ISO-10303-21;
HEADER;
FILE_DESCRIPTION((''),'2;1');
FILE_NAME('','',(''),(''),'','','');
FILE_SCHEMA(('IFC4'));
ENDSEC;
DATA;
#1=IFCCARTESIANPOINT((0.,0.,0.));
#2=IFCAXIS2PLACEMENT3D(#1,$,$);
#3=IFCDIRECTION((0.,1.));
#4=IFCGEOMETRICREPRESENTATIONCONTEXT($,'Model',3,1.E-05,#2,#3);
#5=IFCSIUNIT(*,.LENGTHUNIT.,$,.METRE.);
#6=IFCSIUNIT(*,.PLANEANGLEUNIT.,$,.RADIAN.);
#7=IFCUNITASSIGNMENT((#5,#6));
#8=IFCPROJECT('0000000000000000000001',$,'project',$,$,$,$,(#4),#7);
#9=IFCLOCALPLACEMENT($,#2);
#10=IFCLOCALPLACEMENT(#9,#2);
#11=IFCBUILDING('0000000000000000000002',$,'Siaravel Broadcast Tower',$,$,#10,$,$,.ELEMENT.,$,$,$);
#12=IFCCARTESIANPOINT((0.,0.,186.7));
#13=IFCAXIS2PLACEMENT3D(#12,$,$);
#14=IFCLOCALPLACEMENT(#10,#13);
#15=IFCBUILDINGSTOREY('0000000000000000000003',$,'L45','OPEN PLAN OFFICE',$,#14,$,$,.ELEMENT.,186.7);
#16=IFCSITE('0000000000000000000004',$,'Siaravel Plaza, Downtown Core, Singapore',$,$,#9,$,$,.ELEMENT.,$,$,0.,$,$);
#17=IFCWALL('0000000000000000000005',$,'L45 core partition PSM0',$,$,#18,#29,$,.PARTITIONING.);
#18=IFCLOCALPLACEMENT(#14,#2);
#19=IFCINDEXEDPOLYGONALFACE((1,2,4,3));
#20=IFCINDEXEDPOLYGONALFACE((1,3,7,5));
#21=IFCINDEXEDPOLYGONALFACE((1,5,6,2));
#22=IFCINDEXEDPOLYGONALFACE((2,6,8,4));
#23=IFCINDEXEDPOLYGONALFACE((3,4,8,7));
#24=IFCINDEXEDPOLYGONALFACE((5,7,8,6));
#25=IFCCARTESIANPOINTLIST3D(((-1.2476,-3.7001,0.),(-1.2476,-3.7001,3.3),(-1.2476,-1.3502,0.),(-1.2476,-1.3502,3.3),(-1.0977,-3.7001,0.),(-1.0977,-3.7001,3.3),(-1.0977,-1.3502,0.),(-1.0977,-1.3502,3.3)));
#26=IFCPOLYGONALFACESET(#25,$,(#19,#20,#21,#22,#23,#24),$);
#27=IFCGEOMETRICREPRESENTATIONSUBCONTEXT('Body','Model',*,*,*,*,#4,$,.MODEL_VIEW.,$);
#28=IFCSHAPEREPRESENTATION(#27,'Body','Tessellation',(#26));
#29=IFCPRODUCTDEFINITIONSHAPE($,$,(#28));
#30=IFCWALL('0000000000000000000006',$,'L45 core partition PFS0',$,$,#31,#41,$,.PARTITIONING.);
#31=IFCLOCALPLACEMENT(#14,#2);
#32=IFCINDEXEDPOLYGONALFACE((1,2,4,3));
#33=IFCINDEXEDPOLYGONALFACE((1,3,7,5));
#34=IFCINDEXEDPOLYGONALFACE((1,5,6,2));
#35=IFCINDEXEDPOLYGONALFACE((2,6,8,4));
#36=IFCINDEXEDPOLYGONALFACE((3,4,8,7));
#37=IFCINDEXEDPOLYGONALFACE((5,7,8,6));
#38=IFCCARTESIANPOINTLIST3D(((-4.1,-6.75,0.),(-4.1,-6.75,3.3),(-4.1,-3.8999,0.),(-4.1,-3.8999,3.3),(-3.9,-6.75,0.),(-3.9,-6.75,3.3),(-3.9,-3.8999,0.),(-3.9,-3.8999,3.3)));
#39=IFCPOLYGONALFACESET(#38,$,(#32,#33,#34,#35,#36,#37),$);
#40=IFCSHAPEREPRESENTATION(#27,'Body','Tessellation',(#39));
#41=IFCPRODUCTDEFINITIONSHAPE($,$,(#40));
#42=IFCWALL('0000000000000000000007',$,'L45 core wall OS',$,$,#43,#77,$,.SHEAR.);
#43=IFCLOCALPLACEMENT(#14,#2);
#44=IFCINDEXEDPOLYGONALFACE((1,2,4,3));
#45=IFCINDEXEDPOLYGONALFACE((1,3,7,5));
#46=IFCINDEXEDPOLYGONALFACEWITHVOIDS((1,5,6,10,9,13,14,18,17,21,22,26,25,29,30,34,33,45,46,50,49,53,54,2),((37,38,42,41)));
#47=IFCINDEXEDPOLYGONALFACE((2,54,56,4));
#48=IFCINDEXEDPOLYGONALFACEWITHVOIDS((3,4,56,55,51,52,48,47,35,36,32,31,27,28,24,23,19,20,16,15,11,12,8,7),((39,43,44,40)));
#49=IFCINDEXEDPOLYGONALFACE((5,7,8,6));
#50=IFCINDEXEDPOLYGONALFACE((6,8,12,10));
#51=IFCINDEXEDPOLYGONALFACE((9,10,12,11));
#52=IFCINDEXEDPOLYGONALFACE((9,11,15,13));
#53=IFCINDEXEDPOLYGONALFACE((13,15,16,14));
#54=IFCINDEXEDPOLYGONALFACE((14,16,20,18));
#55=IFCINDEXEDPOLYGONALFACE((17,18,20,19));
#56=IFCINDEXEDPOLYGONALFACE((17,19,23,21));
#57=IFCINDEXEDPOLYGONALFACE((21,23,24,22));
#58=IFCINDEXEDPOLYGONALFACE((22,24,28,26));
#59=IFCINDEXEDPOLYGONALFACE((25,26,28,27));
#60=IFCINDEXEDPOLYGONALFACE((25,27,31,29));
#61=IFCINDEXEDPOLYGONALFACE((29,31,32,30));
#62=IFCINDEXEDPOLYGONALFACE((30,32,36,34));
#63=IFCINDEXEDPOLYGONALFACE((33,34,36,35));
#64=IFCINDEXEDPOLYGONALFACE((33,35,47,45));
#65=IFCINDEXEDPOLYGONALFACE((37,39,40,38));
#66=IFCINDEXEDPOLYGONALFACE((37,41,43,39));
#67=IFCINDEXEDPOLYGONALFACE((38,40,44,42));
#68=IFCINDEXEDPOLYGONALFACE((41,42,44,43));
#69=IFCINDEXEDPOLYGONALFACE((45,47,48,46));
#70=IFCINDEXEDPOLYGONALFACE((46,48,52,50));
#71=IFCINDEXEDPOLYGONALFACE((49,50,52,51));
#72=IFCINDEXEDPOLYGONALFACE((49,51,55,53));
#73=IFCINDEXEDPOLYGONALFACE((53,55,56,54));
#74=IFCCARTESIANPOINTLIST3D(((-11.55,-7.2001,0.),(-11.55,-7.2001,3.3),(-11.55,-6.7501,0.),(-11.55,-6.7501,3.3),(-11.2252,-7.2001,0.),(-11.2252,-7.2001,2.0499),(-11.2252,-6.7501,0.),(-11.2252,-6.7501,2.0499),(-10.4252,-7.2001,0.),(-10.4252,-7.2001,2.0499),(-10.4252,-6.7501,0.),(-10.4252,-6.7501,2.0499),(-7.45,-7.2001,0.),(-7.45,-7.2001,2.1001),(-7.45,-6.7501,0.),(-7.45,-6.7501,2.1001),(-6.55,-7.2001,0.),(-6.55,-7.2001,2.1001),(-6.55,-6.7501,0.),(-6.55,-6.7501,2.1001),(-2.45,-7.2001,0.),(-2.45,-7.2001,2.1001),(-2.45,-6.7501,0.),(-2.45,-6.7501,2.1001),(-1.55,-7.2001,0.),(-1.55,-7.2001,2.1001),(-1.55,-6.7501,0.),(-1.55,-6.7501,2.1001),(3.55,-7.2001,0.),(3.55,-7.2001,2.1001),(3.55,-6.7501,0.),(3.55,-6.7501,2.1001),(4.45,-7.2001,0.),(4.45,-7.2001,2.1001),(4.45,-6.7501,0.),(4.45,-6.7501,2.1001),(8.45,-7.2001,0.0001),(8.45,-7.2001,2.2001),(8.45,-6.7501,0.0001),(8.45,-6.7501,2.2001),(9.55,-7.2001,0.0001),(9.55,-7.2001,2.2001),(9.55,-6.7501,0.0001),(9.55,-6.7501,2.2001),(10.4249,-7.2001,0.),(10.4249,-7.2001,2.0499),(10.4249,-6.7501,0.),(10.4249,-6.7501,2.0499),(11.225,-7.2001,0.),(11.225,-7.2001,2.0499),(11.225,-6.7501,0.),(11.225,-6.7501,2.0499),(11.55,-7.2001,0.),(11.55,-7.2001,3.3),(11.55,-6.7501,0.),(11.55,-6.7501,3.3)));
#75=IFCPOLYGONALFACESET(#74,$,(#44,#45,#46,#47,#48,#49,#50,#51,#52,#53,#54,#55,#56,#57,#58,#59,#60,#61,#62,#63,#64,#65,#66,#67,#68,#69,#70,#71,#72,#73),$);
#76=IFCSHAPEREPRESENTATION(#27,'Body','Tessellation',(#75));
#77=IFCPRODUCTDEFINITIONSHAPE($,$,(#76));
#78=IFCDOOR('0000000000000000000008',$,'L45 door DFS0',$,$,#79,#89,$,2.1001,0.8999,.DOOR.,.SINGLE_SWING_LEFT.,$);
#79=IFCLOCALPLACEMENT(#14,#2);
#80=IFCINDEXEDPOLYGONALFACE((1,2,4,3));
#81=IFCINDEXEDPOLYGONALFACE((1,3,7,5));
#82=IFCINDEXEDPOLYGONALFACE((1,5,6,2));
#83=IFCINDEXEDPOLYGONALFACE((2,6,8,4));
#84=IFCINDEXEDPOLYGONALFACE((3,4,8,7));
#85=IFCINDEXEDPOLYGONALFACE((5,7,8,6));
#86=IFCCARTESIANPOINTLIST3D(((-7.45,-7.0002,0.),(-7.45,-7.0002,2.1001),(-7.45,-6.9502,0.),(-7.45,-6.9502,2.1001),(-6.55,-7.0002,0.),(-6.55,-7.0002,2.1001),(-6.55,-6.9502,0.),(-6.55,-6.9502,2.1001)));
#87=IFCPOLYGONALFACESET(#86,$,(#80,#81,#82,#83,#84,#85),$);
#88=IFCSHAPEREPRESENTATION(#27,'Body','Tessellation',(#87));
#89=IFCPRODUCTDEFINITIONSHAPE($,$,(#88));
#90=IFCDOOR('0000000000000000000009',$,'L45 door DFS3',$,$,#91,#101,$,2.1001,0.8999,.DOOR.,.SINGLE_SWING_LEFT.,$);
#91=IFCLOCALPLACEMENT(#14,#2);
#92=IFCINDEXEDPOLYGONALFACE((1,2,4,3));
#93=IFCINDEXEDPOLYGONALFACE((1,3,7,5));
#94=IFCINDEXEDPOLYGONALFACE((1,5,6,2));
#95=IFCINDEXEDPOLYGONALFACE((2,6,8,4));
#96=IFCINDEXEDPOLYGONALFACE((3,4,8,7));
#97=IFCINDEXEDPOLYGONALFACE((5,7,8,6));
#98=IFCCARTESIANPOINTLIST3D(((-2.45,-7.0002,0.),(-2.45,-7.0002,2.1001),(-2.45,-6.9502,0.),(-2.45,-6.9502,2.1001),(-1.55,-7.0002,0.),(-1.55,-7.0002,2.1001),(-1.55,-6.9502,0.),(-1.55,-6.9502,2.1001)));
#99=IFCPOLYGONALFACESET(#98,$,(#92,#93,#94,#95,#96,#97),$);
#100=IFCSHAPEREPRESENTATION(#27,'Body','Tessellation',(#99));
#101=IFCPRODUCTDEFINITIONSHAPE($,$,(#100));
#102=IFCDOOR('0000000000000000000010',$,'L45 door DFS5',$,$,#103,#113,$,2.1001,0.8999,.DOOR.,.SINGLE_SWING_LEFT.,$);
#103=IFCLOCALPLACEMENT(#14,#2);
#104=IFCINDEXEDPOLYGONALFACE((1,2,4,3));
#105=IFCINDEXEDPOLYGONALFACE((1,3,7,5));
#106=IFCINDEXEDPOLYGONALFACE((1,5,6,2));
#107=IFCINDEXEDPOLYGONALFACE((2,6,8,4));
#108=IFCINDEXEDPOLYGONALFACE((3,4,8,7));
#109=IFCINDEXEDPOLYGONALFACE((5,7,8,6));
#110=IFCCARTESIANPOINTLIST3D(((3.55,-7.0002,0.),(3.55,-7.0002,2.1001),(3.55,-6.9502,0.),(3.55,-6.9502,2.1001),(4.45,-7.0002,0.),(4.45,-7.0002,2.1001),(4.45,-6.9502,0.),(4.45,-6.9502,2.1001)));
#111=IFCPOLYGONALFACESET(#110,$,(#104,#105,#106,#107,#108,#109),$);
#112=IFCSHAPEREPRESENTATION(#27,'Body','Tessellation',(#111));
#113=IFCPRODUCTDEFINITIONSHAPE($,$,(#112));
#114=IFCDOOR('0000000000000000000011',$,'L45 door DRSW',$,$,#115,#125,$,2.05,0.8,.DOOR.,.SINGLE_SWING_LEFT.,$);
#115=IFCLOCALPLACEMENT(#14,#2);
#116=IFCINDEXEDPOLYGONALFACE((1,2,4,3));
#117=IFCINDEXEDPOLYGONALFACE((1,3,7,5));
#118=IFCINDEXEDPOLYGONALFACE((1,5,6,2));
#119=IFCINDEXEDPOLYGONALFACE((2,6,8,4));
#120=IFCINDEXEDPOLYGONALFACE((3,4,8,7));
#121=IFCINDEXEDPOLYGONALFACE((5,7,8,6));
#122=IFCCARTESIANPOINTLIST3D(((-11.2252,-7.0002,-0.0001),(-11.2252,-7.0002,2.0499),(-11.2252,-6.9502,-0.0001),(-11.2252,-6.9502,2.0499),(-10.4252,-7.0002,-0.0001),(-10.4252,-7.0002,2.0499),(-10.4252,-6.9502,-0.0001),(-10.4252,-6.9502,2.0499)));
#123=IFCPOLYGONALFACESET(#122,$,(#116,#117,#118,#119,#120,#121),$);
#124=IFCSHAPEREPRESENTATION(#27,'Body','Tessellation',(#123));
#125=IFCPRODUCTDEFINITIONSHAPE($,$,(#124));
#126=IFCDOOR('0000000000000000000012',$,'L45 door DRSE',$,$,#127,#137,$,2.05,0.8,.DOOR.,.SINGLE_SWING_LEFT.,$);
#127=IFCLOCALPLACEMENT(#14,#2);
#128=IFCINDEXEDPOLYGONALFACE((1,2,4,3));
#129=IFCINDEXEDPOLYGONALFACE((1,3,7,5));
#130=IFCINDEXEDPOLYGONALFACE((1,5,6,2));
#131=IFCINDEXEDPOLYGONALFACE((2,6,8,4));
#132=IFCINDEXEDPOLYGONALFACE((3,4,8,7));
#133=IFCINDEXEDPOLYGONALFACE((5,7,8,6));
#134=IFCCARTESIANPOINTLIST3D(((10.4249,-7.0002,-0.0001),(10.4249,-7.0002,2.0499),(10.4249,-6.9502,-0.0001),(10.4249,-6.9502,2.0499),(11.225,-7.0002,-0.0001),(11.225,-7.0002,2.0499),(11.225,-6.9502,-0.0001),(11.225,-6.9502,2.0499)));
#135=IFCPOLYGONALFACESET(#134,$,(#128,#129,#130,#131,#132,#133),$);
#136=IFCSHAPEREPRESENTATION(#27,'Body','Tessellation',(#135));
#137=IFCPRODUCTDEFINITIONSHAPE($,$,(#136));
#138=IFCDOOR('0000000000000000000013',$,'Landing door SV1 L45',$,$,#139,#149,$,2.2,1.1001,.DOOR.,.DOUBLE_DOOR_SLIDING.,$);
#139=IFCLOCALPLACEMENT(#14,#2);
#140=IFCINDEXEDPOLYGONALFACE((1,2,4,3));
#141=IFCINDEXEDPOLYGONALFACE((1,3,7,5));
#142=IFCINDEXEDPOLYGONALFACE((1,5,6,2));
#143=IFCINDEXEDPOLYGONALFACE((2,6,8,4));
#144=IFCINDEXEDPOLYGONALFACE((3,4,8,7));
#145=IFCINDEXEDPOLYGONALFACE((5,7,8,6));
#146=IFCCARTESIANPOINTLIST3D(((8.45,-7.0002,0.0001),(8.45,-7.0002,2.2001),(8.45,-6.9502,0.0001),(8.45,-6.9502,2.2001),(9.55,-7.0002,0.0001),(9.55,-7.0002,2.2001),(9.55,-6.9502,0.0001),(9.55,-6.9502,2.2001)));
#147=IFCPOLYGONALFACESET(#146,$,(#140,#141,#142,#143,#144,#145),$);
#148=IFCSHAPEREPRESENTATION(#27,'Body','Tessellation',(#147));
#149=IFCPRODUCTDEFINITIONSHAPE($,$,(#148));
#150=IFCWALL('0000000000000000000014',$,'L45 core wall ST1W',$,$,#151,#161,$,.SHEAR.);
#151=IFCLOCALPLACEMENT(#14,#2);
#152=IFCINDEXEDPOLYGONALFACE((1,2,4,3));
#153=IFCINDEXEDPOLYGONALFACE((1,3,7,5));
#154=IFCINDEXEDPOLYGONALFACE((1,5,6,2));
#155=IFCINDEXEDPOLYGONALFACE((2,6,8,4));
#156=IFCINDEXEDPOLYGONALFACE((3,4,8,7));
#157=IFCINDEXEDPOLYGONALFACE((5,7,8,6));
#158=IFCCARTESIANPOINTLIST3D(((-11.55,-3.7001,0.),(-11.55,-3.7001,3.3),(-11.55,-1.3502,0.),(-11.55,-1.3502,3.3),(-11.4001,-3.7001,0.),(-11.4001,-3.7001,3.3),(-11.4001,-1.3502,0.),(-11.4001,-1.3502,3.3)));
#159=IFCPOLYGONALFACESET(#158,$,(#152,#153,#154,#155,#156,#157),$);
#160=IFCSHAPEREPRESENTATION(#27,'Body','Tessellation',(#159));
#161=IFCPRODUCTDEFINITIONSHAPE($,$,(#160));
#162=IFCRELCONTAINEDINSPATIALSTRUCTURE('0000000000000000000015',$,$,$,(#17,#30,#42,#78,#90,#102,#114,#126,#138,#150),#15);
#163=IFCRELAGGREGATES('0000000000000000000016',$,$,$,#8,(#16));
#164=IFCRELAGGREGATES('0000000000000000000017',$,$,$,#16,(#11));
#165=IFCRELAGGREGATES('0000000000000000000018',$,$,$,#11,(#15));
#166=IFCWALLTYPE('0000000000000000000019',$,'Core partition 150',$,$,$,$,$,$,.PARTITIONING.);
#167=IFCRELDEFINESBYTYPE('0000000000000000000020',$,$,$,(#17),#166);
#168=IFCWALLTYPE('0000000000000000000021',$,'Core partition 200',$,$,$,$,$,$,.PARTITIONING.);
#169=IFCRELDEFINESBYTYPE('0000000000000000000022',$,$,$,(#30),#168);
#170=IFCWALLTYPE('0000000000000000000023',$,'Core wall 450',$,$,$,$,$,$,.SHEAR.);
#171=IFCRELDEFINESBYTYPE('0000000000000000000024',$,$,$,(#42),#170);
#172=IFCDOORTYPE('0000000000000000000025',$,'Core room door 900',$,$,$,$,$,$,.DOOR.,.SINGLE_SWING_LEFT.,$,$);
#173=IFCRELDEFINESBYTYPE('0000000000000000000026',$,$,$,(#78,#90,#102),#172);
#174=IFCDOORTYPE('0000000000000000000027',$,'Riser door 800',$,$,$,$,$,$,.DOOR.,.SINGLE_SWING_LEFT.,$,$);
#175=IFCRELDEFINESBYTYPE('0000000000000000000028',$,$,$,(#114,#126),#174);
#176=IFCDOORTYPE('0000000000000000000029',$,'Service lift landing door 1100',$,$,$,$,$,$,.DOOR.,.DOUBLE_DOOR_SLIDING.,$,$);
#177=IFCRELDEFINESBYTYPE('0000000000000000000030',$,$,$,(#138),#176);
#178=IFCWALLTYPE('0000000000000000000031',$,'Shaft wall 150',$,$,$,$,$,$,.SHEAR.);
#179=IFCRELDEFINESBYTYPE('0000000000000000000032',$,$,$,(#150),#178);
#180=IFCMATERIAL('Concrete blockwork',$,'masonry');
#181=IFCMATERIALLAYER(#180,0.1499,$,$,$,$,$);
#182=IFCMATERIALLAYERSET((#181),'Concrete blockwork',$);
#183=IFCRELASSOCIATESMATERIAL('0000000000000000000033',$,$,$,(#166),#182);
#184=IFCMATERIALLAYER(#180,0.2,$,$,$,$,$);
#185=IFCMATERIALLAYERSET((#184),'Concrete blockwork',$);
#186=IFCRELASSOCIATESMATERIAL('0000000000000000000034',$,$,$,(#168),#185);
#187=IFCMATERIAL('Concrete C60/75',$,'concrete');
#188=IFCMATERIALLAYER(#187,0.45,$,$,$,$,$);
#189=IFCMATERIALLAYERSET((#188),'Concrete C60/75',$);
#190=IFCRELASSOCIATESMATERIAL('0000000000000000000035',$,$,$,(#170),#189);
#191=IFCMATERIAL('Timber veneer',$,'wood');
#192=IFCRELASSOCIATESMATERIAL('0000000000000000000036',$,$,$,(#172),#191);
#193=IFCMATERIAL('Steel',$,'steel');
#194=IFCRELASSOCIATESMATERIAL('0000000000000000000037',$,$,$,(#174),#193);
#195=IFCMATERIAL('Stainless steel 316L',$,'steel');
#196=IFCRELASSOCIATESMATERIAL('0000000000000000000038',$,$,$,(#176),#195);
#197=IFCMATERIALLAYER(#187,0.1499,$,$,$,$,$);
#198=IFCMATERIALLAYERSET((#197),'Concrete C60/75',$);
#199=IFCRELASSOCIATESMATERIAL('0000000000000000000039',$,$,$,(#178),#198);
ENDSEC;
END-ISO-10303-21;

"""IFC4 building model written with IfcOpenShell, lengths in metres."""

from ifc_helpers import new_model, si_unit, direction, frame, frame_2d, origin, place, context, subcontext, project, spatial, rectangle, extrude, material, layer, layer_set, type_object, element, fill, save


model = new_model("IFC4")

# Units and contexts
model_context = context("Model", 3, precision=1e-05, world=origin(), true_north=direction((0.0, 1.0)))
body_context = subcontext(model_context, "Body", "Model", "MODEL_VIEW")
ifc_project = project(units=[si_unit("LENGTHUNIT", "METRE"), si_unit("PLANEANGLEUNIT", "RADIAN")], contexts=[model_context])

# Site, building, storey
site_placement = place(None, origin())
site = spatial("IfcSite", under=ifc_project, at=site_placement, Name="Siaravel Plaza, Downtown Core, Singapore", CompositionType="ELEMENT", RefElevation=0.0)
building_placement = place(site_placement, origin())
building = spatial("IfcBuilding", under=site, at=building_placement, Name="Siaravel Broadcast Tower", CompositionType="ELEMENT")
storey_placement = place(building_placement, frame((0.0, 0.0, 186.7)))
storey = spatial("IfcBuildingStorey", under=building, at=storey_placement, Name="L45", Description="OPEN PLAN OFFICE", CompositionType="ELEMENT", Elevation=186.7)

# Walls
ifc_material_1 = material(Name="Concrete blockwork", Category="masonry")
ifc_layer_1 = layer(ifc_material_1, 0.1499)
ifc_layer_set_1 = layer_set([ifc_layer_1], Name="Concrete blockwork")
wall_type_1 = type_object("IfcWallType", Name="Core partition 150", PredefinedType="PARTITIONING", material=ifc_layer_set_1)
wall_1_placement = place(storey_placement, frame((-1.1726, -3.7, 0.0), z_axis=(0.0, 0.0, 1.0), x_axis=(0.0, 1.0, 0.0)))
element("IfcWall", 1, at=wall_1_placement, inside=storey, type_object=wall_type_1, Name="L45 core partition PSM0", PredefinedType="PARTITIONING", context=body_context, shape_type="SweptSolid", body=[
    extrude(rectangle(XDim=2.3499, YDim=0.1499, at=frame_2d((1.1748, 0.0))), origin(), (0.0, 0.0, 1.0), 3.3),
])
ifc_layer_2 = layer(ifc_material_1, 0.2)
ifc_layer_set_2 = layer_set([ifc_layer_2], Name="Concrete blockwork")
wall_type_2 = type_object("IfcWallType", Name="Core partition 200", PredefinedType="PARTITIONING", material=ifc_layer_set_2)
wall_2_placement = place(storey_placement, frame((-4.0, -6.75, 0.0), z_axis=(0.0, 0.0, 1.0), x_axis=(0.0, 1.0, 0.0)))
element("IfcWall", 2, at=wall_2_placement, inside=storey, type_object=wall_type_2, Name="L45 core partition PFS0", PredefinedType="PARTITIONING", context=body_context, shape_type="SweptSolid", body=[
    extrude(rectangle(XDim=2.8501, YDim=0.2, at=frame_2d((1.425, 0.0))), origin(), (0.0, 0.0, 1.0), 3.3),
])

# Wall, openings, doors
ifc_material_2 = material(Name="Concrete C60/75", Category="concrete")
ifc_layer_3 = layer(ifc_material_2, 0.45)
ifc_layer_set_3 = layer_set([ifc_layer_3], Name="Concrete C60/75")
wall_type_3 = type_object("IfcWallType", Name="Core wall 450", PredefinedType="SHEAR", material=ifc_layer_set_3)
wall_3_placement = place(storey_placement, frame((-11.55, -6.9751, 0.0), z_axis=(0.0, 0.0, 1.0), x_axis=(1.0, 0.0, 0.0)))
wall_3 = element("IfcWall", 3, at=wall_3_placement, inside=storey, type_object=wall_type_3, Name="L45 core wall OS", PredefinedType="SHEAR", context=body_context, shape_type="SweptSolid", body=[
    extrude(rectangle(XDim=23.1001, YDim=0.45, at=frame_2d((11.55, 0.0))), origin(), (0.0, 0.0, 1.0), 3.3),
])
opening_1_placement = place(wall_3_placement, frame((20.0, 0.0, 0.0)))
opening_1 = element("IfcOpeningElement", 4, at=opening_1_placement, cuts=wall_3, PredefinedType="OPENING", context=body_context, shape_type="SweptSolid", body=[
    extrude(rectangle(XDim=1.1001, YDim=2.2, at=frame_2d((0.55, 1.1001))), frame((0.0, 0.2349, 0.0), z_axis=(0.0, -1.0, 0.0), x_axis=(1.0, 0.0, 0.0)), (0.0, 0.0, 1.0), 0.47),
])
opening_2_placement = place(wall_3_placement, frame((4.1001, 0.0, 0.0)))
opening_2 = element("IfcOpeningElement", 5, at=opening_2_placement, cuts=wall_3, PredefinedType="OPENING", context=body_context, shape_type="SweptSolid", body=[
    extrude(rectangle(XDim=0.8999, YDim=2.1001, at=frame_2d((0.45, 1.05))), frame((0.0, 0.2349, 0.0), z_axis=(0.0, -1.0, 0.0), x_axis=(1.0, 0.0, 0.0)), (0.0, 0.0, 1.0), 0.47),
])
opening_3_placement = place(wall_3_placement, frame((9.1001, 0.0, 0.0)))
opening_3 = element("IfcOpeningElement", 6, at=opening_3_placement, cuts=wall_3, PredefinedType="OPENING", context=body_context, shape_type="SweptSolid", body=[
    extrude(rectangle(XDim=0.8999, YDim=2.1001, at=frame_2d((0.45, 1.05))), frame((0.0, 0.2349, 0.0), z_axis=(0.0, -1.0, 0.0), x_axis=(1.0, 0.0, 0.0)), (0.0, 0.0, 1.0), 0.47),
])
opening_4_placement = place(wall_3_placement, frame((15.1001, 0.0, 0.0)))
opening_4 = element("IfcOpeningElement", 7, at=opening_4_placement, cuts=wall_3, PredefinedType="OPENING", context=body_context, shape_type="SweptSolid", body=[
    extrude(rectangle(XDim=0.8999, YDim=2.1001, at=frame_2d((0.45, 1.05))), frame((0.0, 0.2349, 0.0), z_axis=(0.0, -1.0, 0.0), x_axis=(1.0, 0.0, 0.0)), (0.0, 0.0, 1.0), 0.47),
])
opening_5_placement = place(wall_3_placement, frame((0.325, 0.0, 0.0)))
opening_5 = element("IfcOpeningElement", 8, at=opening_5_placement, cuts=wall_3, PredefinedType="OPENING", context=body_context, shape_type="SweptSolid", body=[
    extrude(rectangle(XDim=0.8, YDim=2.05, at=frame_2d((0.3999, 1.0249))), frame((0.0, 0.2349, 0.0), z_axis=(0.0, -1.0, 0.0), x_axis=(1.0, 0.0, 0.0)), (0.0, 0.0, 1.0), 0.47),
])
opening_6_placement = place(wall_3_placement, frame((21.9751, 0.0, 0.0)))
opening_6 = element("IfcOpeningElement", 9, at=opening_6_placement, cuts=wall_3, PredefinedType="OPENING", context=body_context, shape_type="SweptSolid", body=[
    extrude(rectangle(XDim=0.8, YDim=2.05, at=frame_2d((0.3999, 1.0249))), frame((0.0, 0.2349, 0.0), z_axis=(0.0, -1.0, 0.0), x_axis=(1.0, 0.0, 0.0)), (0.0, 0.0, 1.0), 0.47),
])
ifc_material_3 = material(Name="Timber veneer", Category="wood")
door_type_1 = type_object("IfcDoorType", Name="Core room door 900", OperationType="SINGLE_SWING_LEFT", PredefinedType="DOOR", material=ifc_material_3)
door_1_placement = place(opening_2_placement, origin())
door_1 = element("IfcDoor", 10, at=door_1_placement, inside=storey, type_object=door_type_1, Name="L45 door DFS0", OperationType="SINGLE_SWING_LEFT", OverallHeight=2.1001, OverallWidth=0.8999, PredefinedType="DOOR", context=body_context, shape_type="SweptSolid", body=[
    extrude(rectangle(XDim=0.8999, YDim=2.1001, at=frame_2d((0.45, 1.05))), frame((0.0, 0.0249, 0.0), z_axis=(0.0, -1.0, 0.0), x_axis=(1.0, 0.0, 0.0)), (0.0, 0.0, 1.0), 0.05),
])
fill(opening_2, door_1)
door_2_placement = place(opening_3_placement, origin())
door_2 = element("IfcDoor", 11, at=door_2_placement, inside=storey, type_object=door_type_1, Name="L45 door DFS3", OperationType="SINGLE_SWING_LEFT", OverallHeight=2.1001, OverallWidth=0.8999, PredefinedType="DOOR", context=body_context, shape_type="SweptSolid", body=[
    extrude(rectangle(XDim=0.8999, YDim=2.1001, at=frame_2d((0.45, 1.05))), frame((0.0, 0.0249, 0.0), z_axis=(0.0, -1.0, 0.0), x_axis=(1.0, 0.0, 0.0)), (0.0, 0.0, 1.0), 0.05),
])
fill(opening_3, door_2)
door_3_placement = place(opening_4_placement, origin())
door_3 = element("IfcDoor", 12, at=door_3_placement, inside=storey, type_object=door_type_1, Name="L45 door DFS5", OperationType="SINGLE_SWING_LEFT", OverallHeight=2.1001, OverallWidth=0.8999, PredefinedType="DOOR", context=body_context, shape_type="SweptSolid", body=[
    extrude(rectangle(XDim=0.8999, YDim=2.1001, at=frame_2d((0.45, 1.05))), frame((0.0, 0.0249, 0.0), z_axis=(0.0, -1.0, 0.0), x_axis=(1.0, 0.0, 0.0)), (0.0, 0.0, 1.0), 0.05),
])
fill(opening_4, door_3)
ifc_material_4 = material(Name="Steel", Category="steel")
door_type_2 = type_object("IfcDoorType", Name="Riser door 800", OperationType="SINGLE_SWING_LEFT", PredefinedType="DOOR", material=ifc_material_4)
door_4_placement = place(opening_5_placement, origin())
door_4 = element("IfcDoor", 13, at=door_4_placement, inside=storey, type_object=door_type_2, Name="L45 door DRSW", OperationType="SINGLE_SWING_LEFT", OverallHeight=2.05, OverallWidth=0.8, PredefinedType="DOOR", context=body_context, shape_type="SweptSolid", body=[
    extrude(rectangle(XDim=0.8, YDim=2.05, at=frame_2d((0.3999, 1.0249))), frame((0.0, 0.0249, 0.0), z_axis=(0.0, -1.0, 0.0), x_axis=(1.0, 0.0, 0.0)), (0.0, 0.0, 1.0), 0.05),
])
fill(opening_5, door_4)
door_5_placement = place(opening_6_placement, origin())
door_5 = element("IfcDoor", 14, at=door_5_placement, inside=storey, type_object=door_type_2, Name="L45 door DRSE", OperationType="SINGLE_SWING_LEFT", OverallHeight=2.05, OverallWidth=0.8, PredefinedType="DOOR", context=body_context, shape_type="SweptSolid", body=[
    extrude(rectangle(XDim=0.8, YDim=2.05, at=frame_2d((0.3999, 1.0249))), frame((0.0, 0.0249, 0.0), z_axis=(0.0, -1.0, 0.0), x_axis=(1.0, 0.0, 0.0)), (0.0, 0.0, 1.0), 0.05),
])
fill(opening_6, door_5)
ifc_material_5 = material(Name="Stainless steel 316L", Category="steel")
door_type_3 = type_object("IfcDoorType", Name="Service lift landing door 1100", OperationType="DOUBLE_DOOR_SLIDING", PredefinedType="DOOR", material=ifc_material_5)
door_6_placement = place(opening_1_placement, origin())
door_6 = element("IfcDoor", 15, at=door_6_placement, inside=storey, type_object=door_type_3, Name="Landing door SV1 L45", OperationType="DOUBLE_DOOR_SLIDING", OverallHeight=2.2, OverallWidth=1.1001, PredefinedType="DOOR", context=body_context, shape_type="SweptSolid", body=[
    extrude(rectangle(XDim=1.1001, YDim=2.2, at=frame_2d((0.55, 1.1001))), frame((0.0, 0.0249, 0.0), z_axis=(0.0, -1.0, 0.0), x_axis=(1.0, 0.0, 0.0)), (0.0, 0.0, 1.0), 0.05),
])
fill(opening_1, door_6)

# Wall
ifc_layer_4 = layer(ifc_material_2, 0.1499)
ifc_layer_set_4 = layer_set([ifc_layer_4], Name="Concrete C60/75")
wall_type_4 = type_object("IfcWallType", Name="Shaft wall 150", PredefinedType="SHEAR", material=ifc_layer_set_4)
wall_4_placement = place(storey_placement, frame((-11.4751, -3.7, 0.0), z_axis=(0.0, 0.0, 1.0), x_axis=(0.0, 1.0, 0.0)))
element("IfcWall", 16, at=wall_4_placement, inside=storey, type_object=wall_type_4, Name="L45 core wall ST1W", PredefinedType="SHEAR", context=body_context, shape_type="SweptSolid", body=[
    extrude(rectangle(XDim=2.3499, YDim=0.1499, at=frame_2d((1.1748, 0.0))), origin(), (0.0, 0.0, 1.0), 3.3),
])

save(model, "model.ifc")
